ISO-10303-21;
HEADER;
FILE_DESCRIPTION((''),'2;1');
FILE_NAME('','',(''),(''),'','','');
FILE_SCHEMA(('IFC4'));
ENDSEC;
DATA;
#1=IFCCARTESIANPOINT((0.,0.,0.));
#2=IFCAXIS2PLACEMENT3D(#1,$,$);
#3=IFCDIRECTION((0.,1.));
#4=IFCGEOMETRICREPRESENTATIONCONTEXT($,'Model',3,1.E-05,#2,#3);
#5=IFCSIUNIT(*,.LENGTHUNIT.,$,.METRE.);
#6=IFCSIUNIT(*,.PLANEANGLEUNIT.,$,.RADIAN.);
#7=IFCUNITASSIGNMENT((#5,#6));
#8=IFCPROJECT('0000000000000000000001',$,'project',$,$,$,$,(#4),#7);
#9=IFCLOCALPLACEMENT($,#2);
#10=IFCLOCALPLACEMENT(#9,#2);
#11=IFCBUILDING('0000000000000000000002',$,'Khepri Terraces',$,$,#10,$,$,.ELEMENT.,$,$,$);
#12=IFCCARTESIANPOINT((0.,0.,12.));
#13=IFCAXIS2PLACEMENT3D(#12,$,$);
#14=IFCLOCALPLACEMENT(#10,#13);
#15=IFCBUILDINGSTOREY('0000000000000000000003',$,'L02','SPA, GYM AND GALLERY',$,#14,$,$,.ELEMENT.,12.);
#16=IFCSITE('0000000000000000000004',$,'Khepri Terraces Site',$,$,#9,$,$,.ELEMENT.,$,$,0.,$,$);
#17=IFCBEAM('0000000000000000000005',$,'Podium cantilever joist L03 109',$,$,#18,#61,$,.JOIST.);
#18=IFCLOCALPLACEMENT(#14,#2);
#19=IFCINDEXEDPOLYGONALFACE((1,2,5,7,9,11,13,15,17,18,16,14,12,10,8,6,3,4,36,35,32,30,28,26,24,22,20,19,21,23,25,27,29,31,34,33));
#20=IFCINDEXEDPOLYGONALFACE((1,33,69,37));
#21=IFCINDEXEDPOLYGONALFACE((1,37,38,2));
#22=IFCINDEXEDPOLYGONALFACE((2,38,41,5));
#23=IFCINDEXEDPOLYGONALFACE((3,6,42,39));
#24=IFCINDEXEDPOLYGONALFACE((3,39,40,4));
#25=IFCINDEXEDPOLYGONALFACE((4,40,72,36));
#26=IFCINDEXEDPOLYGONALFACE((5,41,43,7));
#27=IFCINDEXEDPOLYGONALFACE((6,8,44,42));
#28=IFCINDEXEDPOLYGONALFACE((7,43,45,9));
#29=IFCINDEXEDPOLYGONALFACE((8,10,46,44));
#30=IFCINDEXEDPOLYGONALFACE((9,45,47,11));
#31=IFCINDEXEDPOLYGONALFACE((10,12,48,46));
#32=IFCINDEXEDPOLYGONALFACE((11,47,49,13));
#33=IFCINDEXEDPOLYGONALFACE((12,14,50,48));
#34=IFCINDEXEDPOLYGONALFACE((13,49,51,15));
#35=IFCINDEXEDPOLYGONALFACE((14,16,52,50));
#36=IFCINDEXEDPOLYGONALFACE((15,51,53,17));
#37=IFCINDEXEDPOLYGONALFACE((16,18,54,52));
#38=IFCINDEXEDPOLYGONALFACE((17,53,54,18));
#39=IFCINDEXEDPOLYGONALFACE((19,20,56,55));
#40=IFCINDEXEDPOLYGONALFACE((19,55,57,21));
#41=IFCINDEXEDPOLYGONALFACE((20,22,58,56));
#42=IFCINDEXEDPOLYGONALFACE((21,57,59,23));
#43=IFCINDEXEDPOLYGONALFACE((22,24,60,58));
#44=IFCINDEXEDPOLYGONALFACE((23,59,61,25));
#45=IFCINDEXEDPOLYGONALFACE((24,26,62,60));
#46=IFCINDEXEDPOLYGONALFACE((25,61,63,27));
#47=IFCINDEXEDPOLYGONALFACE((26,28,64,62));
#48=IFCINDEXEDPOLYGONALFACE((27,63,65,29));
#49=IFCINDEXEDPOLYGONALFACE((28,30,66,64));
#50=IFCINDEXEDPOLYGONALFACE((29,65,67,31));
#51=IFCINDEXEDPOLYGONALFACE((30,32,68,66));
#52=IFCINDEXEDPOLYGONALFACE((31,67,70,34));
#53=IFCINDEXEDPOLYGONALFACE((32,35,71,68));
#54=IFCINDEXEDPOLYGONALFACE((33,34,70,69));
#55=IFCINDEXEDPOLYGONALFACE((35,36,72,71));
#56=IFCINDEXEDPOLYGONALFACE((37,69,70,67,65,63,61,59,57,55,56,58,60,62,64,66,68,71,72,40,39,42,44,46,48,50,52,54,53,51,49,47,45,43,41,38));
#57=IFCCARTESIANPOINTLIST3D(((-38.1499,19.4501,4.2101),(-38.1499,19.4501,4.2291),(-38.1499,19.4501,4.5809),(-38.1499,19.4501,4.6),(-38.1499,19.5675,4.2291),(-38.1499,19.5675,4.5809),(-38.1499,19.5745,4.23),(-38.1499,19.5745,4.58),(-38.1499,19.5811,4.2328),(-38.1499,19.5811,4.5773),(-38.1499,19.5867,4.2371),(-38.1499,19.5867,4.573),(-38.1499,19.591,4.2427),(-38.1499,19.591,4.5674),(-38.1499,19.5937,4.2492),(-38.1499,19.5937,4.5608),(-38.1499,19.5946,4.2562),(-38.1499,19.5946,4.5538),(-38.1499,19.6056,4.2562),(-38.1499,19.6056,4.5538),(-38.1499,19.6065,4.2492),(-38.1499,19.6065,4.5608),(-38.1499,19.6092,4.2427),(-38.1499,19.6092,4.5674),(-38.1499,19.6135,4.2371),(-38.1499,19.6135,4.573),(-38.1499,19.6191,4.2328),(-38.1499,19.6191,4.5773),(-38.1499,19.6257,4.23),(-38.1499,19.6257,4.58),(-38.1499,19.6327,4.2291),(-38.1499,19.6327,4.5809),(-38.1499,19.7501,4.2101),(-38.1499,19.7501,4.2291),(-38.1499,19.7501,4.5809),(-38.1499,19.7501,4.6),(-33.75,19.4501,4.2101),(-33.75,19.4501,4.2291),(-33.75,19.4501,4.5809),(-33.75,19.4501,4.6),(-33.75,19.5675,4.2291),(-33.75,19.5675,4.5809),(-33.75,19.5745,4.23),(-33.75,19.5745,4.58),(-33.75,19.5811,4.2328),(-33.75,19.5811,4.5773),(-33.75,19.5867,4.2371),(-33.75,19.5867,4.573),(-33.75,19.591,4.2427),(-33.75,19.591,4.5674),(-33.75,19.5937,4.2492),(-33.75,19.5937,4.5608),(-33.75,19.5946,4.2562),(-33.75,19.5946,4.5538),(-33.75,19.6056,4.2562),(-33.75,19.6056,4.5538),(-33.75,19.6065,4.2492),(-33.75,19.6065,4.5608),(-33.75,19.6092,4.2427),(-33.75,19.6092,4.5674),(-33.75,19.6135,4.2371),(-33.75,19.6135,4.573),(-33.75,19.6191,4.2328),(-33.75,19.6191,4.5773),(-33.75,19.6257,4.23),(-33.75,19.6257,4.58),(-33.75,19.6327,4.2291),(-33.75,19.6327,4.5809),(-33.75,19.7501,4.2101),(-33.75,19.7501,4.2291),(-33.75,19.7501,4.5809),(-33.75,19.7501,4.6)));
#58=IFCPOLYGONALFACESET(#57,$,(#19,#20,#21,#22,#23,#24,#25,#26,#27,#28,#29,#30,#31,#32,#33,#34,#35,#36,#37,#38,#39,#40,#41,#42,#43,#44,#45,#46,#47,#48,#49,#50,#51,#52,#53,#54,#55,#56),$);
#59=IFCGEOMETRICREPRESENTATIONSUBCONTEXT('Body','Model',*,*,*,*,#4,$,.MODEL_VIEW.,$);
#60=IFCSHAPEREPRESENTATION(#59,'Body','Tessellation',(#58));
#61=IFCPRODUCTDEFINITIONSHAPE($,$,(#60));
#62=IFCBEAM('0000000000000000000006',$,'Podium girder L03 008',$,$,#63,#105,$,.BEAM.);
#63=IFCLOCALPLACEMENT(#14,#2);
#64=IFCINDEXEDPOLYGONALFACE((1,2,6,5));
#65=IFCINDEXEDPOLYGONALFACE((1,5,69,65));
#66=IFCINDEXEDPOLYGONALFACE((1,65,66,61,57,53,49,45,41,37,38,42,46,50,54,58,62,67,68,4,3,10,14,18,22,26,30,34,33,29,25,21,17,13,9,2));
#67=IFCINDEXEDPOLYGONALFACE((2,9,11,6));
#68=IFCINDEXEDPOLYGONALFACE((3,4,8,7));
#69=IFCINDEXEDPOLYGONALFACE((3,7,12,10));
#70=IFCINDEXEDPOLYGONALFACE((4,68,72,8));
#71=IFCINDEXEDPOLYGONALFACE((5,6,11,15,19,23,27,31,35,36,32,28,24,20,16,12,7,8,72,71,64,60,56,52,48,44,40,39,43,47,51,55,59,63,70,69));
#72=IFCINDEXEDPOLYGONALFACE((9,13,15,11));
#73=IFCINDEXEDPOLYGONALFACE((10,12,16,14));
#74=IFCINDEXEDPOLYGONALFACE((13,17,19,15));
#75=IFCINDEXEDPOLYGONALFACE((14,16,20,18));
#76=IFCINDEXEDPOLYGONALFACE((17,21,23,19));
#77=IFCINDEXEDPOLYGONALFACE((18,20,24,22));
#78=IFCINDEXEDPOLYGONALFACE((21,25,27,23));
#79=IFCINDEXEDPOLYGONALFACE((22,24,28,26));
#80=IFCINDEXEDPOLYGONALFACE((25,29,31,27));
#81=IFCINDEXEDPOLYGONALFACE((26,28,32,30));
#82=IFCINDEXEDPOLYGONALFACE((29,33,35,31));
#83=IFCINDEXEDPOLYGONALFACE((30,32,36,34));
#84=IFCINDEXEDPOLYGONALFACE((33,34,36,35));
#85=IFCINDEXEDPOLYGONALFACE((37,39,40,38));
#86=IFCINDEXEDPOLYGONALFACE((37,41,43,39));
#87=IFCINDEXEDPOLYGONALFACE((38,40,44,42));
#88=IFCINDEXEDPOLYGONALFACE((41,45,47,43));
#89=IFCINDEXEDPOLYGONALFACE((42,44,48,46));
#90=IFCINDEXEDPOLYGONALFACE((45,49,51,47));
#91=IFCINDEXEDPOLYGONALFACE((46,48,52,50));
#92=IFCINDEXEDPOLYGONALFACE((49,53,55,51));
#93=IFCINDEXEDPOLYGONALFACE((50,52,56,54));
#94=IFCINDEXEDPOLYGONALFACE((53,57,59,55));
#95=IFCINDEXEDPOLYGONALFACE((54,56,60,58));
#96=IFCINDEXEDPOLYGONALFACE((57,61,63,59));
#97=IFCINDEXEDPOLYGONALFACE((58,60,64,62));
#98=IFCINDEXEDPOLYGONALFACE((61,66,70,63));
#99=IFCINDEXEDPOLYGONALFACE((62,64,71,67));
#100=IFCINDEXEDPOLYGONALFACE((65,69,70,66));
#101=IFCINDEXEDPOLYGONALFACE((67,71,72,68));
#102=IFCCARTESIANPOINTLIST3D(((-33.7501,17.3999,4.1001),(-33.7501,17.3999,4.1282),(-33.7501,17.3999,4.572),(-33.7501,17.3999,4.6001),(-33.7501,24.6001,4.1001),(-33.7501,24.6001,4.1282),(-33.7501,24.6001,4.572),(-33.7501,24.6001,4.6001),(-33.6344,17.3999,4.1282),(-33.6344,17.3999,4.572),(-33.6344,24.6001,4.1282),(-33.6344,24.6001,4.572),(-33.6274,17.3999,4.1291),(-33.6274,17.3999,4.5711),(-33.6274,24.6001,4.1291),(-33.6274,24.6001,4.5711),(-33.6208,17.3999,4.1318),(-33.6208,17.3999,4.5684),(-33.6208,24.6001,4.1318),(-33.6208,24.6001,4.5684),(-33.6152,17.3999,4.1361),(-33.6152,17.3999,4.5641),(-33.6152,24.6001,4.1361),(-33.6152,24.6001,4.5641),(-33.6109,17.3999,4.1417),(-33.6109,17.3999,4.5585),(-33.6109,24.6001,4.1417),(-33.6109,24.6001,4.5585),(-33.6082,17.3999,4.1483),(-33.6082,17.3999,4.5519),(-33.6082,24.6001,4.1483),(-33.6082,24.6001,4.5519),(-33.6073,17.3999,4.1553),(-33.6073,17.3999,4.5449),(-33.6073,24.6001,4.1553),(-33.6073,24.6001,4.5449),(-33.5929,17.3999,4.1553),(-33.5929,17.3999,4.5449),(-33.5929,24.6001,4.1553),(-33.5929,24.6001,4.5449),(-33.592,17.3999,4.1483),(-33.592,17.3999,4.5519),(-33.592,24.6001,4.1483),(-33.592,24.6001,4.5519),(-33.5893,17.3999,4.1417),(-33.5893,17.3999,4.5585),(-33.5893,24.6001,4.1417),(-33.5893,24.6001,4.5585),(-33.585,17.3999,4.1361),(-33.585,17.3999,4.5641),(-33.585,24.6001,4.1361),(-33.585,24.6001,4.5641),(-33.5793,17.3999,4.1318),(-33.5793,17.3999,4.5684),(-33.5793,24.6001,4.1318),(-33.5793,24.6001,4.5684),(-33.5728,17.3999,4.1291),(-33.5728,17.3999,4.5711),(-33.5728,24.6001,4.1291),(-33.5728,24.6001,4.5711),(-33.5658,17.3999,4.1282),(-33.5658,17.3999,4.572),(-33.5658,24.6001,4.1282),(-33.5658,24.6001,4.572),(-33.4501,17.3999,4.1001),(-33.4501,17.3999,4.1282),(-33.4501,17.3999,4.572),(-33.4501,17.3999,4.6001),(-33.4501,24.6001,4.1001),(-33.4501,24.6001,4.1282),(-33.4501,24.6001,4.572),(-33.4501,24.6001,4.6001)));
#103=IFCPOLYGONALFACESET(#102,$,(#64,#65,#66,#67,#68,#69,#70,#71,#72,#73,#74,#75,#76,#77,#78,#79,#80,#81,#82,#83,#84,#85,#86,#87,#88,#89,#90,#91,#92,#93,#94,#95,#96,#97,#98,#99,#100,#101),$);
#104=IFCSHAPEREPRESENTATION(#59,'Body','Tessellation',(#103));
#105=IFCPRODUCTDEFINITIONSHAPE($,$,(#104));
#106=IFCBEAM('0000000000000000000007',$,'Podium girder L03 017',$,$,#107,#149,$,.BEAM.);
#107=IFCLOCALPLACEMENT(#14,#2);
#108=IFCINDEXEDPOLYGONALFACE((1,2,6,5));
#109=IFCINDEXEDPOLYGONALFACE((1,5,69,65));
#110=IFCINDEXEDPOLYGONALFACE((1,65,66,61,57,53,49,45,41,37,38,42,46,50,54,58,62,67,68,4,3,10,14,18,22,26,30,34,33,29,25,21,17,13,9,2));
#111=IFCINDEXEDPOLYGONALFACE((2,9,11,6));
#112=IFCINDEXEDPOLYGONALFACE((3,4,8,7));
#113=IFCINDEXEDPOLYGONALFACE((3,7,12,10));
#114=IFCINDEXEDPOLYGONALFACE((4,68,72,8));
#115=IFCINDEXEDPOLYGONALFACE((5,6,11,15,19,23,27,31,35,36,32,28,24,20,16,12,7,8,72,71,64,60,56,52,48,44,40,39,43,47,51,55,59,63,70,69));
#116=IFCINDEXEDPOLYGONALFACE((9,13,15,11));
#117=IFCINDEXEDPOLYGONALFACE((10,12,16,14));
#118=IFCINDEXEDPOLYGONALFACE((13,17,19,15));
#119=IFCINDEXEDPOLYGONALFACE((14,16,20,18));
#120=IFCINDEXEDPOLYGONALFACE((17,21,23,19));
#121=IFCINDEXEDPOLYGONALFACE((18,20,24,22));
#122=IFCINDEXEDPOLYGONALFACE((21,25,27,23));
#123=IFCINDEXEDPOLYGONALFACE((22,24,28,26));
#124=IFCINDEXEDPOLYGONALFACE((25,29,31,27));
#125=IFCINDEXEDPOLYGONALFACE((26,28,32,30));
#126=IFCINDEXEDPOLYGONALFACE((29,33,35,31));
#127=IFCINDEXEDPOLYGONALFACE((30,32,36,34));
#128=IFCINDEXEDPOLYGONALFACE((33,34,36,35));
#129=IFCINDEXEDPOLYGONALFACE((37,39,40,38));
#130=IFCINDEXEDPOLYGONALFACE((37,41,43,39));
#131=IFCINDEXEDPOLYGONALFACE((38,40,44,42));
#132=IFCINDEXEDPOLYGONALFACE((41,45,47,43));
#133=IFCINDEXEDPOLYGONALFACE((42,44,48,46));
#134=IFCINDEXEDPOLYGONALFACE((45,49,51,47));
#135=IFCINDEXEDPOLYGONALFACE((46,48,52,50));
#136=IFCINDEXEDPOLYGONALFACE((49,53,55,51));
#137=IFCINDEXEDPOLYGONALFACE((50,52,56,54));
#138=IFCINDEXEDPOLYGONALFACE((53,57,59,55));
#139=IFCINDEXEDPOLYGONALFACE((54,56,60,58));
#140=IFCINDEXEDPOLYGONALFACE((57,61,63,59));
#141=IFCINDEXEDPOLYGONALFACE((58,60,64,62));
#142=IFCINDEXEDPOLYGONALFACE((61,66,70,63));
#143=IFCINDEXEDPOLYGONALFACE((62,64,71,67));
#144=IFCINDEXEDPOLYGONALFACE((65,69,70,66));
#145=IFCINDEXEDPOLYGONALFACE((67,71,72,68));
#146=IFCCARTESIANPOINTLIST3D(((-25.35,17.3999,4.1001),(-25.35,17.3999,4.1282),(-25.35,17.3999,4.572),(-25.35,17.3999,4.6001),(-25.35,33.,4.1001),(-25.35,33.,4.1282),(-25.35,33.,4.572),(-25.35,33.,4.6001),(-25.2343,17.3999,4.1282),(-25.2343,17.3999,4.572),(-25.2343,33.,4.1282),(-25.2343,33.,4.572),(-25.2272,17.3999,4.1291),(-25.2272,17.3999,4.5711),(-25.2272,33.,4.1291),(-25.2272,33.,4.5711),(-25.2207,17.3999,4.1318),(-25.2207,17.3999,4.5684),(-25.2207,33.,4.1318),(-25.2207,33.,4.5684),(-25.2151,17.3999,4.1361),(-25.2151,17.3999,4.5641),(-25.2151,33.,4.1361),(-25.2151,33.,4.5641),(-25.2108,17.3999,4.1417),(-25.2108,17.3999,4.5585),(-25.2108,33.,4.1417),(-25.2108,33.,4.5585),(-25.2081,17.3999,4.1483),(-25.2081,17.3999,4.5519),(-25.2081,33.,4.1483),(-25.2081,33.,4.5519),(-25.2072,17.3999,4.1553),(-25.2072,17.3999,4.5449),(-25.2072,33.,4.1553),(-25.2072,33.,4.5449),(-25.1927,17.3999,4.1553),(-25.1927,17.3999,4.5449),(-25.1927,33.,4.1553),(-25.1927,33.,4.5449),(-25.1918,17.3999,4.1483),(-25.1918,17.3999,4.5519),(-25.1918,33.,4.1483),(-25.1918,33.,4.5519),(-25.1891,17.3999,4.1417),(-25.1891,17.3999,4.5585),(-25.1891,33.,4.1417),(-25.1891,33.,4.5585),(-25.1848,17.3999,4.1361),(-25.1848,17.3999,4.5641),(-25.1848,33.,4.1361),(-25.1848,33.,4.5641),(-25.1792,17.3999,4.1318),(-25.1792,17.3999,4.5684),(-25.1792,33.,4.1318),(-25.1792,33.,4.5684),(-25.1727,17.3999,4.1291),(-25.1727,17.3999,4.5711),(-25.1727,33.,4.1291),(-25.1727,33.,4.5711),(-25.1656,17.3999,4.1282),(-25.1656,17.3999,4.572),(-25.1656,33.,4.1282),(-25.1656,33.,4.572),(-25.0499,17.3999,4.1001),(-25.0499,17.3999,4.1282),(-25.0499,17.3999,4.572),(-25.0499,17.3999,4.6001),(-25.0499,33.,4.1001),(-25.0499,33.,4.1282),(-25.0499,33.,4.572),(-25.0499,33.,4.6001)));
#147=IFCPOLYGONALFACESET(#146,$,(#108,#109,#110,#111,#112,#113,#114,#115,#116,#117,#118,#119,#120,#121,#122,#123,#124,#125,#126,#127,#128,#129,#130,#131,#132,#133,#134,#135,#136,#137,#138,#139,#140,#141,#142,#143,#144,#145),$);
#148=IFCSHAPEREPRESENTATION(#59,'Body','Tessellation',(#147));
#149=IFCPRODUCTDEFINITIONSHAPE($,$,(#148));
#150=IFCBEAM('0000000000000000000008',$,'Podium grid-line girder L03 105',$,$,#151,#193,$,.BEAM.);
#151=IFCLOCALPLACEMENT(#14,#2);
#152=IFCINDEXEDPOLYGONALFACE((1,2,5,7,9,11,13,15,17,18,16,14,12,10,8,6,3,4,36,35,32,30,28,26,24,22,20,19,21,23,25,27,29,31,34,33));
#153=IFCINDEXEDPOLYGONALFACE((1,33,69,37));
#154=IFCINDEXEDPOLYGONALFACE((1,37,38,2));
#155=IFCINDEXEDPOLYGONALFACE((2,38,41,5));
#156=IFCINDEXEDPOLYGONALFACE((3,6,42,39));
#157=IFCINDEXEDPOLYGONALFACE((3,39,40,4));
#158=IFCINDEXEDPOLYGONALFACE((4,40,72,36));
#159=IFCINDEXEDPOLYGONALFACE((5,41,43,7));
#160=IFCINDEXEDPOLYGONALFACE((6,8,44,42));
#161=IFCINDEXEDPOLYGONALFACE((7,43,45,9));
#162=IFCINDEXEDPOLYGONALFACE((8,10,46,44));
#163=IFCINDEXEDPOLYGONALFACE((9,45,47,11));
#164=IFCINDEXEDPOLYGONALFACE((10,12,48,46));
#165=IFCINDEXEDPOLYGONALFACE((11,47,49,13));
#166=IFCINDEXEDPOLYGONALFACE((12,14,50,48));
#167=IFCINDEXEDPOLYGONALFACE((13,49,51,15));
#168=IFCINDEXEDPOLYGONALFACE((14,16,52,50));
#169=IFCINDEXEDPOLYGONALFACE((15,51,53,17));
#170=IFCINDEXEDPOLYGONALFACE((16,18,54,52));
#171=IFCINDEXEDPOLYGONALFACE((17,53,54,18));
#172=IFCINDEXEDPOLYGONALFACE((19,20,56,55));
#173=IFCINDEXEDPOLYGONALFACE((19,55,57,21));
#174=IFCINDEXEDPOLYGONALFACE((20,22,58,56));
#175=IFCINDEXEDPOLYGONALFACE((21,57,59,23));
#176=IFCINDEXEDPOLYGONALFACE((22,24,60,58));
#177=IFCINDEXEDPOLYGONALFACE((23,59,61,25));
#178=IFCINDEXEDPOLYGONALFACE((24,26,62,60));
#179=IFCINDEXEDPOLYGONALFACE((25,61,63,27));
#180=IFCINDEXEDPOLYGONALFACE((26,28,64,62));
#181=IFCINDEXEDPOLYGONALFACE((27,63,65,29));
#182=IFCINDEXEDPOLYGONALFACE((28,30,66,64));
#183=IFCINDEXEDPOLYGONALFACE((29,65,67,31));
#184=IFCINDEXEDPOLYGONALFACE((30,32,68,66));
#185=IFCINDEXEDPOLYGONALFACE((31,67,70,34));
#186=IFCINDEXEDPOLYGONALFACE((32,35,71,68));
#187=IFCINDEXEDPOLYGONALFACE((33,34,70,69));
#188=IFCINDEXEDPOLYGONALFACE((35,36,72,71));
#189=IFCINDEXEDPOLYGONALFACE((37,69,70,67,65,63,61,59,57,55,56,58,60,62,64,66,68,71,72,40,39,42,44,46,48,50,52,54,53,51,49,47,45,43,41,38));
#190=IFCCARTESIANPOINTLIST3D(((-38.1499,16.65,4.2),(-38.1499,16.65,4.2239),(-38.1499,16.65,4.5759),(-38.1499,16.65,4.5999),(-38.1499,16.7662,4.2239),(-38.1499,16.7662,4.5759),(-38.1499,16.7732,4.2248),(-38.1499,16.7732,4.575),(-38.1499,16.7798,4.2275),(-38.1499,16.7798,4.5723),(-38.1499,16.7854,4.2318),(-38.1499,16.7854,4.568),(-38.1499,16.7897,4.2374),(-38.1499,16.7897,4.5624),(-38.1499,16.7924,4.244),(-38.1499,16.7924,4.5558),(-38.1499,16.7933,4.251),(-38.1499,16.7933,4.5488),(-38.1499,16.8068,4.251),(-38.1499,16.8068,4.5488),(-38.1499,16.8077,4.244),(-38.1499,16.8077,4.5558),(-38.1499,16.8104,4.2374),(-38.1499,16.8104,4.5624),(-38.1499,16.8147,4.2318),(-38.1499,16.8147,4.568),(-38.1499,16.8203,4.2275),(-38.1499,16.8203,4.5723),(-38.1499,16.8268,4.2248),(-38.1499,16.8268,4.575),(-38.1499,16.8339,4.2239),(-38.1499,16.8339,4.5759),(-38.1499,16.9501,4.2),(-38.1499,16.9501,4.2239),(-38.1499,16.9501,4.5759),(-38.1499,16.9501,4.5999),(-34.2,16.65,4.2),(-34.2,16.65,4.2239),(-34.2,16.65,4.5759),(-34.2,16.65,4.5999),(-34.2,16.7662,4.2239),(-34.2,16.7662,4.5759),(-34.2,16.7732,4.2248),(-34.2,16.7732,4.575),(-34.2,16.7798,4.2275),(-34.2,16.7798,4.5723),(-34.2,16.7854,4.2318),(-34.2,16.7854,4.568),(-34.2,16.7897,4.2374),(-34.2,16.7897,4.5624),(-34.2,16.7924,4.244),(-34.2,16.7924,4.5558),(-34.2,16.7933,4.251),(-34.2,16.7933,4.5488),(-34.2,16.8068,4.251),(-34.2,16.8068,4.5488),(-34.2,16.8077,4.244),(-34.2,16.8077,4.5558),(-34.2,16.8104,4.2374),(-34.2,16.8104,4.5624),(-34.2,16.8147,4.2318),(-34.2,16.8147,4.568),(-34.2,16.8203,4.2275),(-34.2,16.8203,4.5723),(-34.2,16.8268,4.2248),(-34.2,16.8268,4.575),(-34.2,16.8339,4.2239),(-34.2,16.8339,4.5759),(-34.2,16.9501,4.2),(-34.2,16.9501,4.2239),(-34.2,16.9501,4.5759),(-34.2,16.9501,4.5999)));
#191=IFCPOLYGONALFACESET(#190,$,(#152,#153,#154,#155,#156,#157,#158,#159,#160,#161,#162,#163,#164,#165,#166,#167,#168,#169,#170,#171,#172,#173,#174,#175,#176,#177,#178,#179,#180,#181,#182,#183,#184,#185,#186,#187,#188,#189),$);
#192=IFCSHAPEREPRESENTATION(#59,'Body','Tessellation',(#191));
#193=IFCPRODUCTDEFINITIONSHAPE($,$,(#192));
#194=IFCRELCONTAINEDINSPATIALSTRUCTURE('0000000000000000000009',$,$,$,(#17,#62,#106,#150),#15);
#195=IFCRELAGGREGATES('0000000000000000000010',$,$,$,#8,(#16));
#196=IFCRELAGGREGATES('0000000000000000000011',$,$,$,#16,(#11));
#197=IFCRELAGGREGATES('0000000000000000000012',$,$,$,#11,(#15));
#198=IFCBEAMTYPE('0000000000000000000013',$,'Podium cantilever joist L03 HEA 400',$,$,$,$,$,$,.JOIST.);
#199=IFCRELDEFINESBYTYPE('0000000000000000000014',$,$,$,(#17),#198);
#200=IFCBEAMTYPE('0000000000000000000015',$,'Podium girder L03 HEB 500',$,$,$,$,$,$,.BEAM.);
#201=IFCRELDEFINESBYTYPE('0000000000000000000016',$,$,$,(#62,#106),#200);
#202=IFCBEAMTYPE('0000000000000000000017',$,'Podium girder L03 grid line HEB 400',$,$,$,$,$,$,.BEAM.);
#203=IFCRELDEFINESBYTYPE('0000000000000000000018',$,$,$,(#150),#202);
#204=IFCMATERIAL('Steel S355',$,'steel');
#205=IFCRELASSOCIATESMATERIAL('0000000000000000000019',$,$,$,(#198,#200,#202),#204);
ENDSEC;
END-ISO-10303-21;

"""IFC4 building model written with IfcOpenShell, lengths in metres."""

from ifc_helpers import new_model, si_unit, direction, frame, origin, origin_2d, place, context, subcontext, project, spatial, i_section, extrude, material, material_profile, profile_set, type_object, element, save


model = new_model("IFC4")

# Units and contexts
model_context = context("Model", 3, precision=1e-05, world=origin(), true_north=direction((0.0, 1.0)))
body_context = subcontext(model_context, "Body", "Model", "MODEL_VIEW")
ifc_project = project(units=[si_unit("LENGTHUNIT", "METRE"), si_unit("PLANEANGLEUNIT", "RADIAN")], contexts=[model_context])

# Site, building, storey
site_placement = place(None, origin())
site = spatial("IfcSite", under=ifc_project, at=site_placement, Name="Khepri Terraces Site", CompositionType="ELEMENT", RefElevation=0.0)
building_placement = place(site_placement, origin())
building = spatial("IfcBuilding", under=site, at=building_placement, Name="Khepri Terraces", CompositionType="ELEMENT")
storey_placement = place(building_placement, frame((0.0, 0.0, 12.0)))
storey = spatial("IfcBuildingStorey", under=building, at=storey_placement, Name="L02", Description="SPA, GYM AND GALLERY", CompositionType="ELEMENT", Elevation=12.0)

# Beams
ifc_material_1 = material(Name="Steel S355", Category="steel")
ifc_material_profile_1 = material_profile(ifc_material_1, i_section(OverallWidth=0.3, OverallDepth=0.3899, WebThickness=0.011, FlangeThickness=0.019, FilletRadius=0.0271, at=origin_2d()), Name="Steel S355", Category="steel")
ifc_profile_set_1 = profile_set([ifc_material_profile_1], Name="Steel S355")
beam_type_1 = type_object("IfcBeamType", Name="Podium cantilever joist L03 HEA 400", PredefinedType="JOIST", material=ifc_profile_set_1)
for number, where, z_axis, x_axis, name in (
    (1, (-38.1499, 19.6001, 4.405), (1.0, 0.0, 0.0), (0.0, 1.0, 0.0), "Podium cantilever joist L03 109"),
):
    element("IfcBeam", number, at=place(storey_placement, frame(where, z_axis=z_axis, x_axis=x_axis)), inside=storey, type_object=beam_type_1, Name=name, PredefinedType="JOIST", context=body_context, shape_type="SweptSolid", body=[
        extrude(i_section(OverallWidth=0.3, OverallDepth=0.3899, WebThickness=0.011, FlangeThickness=0.019, FilletRadius=0.0271, at=origin_2d()), origin(), (0.0, 0.0, 1.0), 4.3999),
    ])
ifc_material_profile_2 = material_profile(ifc_material_1, i_section(OverallWidth=0.3, OverallDepth=0.5, WebThickness=0.0144, FlangeThickness=0.0281, FilletRadius=0.0271, at=origin_2d()), Name="Steel S355", Category="steel")
ifc_profile_set_2 = profile_set([ifc_material_profile_2], Name="Steel S355")
beam_type_2 = type_object("IfcBeamType", Name="Podium girder L03 HEB 500", PredefinedType="BEAM", material=ifc_profile_set_2)
beam_1_placement = place(storey_placement, frame((-33.6001, 17.3999, 4.3501), z_axis=(0.0, 1.0, 0.0), x_axis=(-1.0, 0.0, 0.0)))
element("IfcBeam", 2, at=beam_1_placement, inside=storey, type_object=beam_type_2, Name="Podium girder L03 008", PredefinedType="BEAM", context=body_context, shape_type="SweptSolid", body=[
    extrude(i_section(OverallWidth=0.3, OverallDepth=0.5, WebThickness=0.0144, FlangeThickness=0.0281, FilletRadius=0.0271, at=origin_2d()), origin(), (0.0, 0.0, 1.0), 7.2002),
])
beam_2_placement = place(storey_placement, frame((-25.2, 17.3999, 4.3501), z_axis=(0.0, 1.0, 0.0), x_axis=(-1.0, 0.0, 0.0)))
element("IfcBeam", 3, at=beam_2_placement, inside=storey, type_object=beam_type_2, Name="Podium girder L03 017", PredefinedType="BEAM", context=body_context, shape_type="SweptSolid", body=[
    extrude(i_section(OverallWidth=0.3, OverallDepth=0.5, WebThickness=0.0144, FlangeThickness=0.0281, FilletRadius=0.0271, at=origin_2d()), origin(), (0.0, 0.0, 1.0), 15.6001),
])
ifc_material_profile_3 = material_profile(ifc_material_1, i_section(OverallWidth=0.3, OverallDepth=0.3999, WebThickness=0.0134, FlangeThickness=0.0239, FilletRadius=0.0271, at=origin_2d()), Name="Steel S355", Category="steel")
ifc_profile_set_3 = profile_set([ifc_material_profile_3], Name="Steel S355")
beam_type_3 = type_object("IfcBeamType", Name="Podium girder L03 grid line HEB 400", PredefinedType="BEAM", material=ifc_profile_set_3)
beam_3_placement = place(storey_placement, frame((-38.1499, 16.8, 4.3999), z_axis=(1.0, 0.0, 0.0), x_axis=(0.0, 1.0, 0.0)))
element("IfcBeam", 4, at=beam_3_placement, inside=storey, type_object=beam_type_3, Name="Podium grid-line girder L03 105", PredefinedType="BEAM", context=body_context, shape_type="SweptSolid", body=[
    extrude(i_section(OverallWidth=0.3, OverallDepth=0.3999, WebThickness=0.0134, FlangeThickness=0.0239, FilletRadius=0.0271, at=origin_2d()), origin(), (0.0, 0.0, 1.0), 3.95),
])

save(model, "model.ifc")
